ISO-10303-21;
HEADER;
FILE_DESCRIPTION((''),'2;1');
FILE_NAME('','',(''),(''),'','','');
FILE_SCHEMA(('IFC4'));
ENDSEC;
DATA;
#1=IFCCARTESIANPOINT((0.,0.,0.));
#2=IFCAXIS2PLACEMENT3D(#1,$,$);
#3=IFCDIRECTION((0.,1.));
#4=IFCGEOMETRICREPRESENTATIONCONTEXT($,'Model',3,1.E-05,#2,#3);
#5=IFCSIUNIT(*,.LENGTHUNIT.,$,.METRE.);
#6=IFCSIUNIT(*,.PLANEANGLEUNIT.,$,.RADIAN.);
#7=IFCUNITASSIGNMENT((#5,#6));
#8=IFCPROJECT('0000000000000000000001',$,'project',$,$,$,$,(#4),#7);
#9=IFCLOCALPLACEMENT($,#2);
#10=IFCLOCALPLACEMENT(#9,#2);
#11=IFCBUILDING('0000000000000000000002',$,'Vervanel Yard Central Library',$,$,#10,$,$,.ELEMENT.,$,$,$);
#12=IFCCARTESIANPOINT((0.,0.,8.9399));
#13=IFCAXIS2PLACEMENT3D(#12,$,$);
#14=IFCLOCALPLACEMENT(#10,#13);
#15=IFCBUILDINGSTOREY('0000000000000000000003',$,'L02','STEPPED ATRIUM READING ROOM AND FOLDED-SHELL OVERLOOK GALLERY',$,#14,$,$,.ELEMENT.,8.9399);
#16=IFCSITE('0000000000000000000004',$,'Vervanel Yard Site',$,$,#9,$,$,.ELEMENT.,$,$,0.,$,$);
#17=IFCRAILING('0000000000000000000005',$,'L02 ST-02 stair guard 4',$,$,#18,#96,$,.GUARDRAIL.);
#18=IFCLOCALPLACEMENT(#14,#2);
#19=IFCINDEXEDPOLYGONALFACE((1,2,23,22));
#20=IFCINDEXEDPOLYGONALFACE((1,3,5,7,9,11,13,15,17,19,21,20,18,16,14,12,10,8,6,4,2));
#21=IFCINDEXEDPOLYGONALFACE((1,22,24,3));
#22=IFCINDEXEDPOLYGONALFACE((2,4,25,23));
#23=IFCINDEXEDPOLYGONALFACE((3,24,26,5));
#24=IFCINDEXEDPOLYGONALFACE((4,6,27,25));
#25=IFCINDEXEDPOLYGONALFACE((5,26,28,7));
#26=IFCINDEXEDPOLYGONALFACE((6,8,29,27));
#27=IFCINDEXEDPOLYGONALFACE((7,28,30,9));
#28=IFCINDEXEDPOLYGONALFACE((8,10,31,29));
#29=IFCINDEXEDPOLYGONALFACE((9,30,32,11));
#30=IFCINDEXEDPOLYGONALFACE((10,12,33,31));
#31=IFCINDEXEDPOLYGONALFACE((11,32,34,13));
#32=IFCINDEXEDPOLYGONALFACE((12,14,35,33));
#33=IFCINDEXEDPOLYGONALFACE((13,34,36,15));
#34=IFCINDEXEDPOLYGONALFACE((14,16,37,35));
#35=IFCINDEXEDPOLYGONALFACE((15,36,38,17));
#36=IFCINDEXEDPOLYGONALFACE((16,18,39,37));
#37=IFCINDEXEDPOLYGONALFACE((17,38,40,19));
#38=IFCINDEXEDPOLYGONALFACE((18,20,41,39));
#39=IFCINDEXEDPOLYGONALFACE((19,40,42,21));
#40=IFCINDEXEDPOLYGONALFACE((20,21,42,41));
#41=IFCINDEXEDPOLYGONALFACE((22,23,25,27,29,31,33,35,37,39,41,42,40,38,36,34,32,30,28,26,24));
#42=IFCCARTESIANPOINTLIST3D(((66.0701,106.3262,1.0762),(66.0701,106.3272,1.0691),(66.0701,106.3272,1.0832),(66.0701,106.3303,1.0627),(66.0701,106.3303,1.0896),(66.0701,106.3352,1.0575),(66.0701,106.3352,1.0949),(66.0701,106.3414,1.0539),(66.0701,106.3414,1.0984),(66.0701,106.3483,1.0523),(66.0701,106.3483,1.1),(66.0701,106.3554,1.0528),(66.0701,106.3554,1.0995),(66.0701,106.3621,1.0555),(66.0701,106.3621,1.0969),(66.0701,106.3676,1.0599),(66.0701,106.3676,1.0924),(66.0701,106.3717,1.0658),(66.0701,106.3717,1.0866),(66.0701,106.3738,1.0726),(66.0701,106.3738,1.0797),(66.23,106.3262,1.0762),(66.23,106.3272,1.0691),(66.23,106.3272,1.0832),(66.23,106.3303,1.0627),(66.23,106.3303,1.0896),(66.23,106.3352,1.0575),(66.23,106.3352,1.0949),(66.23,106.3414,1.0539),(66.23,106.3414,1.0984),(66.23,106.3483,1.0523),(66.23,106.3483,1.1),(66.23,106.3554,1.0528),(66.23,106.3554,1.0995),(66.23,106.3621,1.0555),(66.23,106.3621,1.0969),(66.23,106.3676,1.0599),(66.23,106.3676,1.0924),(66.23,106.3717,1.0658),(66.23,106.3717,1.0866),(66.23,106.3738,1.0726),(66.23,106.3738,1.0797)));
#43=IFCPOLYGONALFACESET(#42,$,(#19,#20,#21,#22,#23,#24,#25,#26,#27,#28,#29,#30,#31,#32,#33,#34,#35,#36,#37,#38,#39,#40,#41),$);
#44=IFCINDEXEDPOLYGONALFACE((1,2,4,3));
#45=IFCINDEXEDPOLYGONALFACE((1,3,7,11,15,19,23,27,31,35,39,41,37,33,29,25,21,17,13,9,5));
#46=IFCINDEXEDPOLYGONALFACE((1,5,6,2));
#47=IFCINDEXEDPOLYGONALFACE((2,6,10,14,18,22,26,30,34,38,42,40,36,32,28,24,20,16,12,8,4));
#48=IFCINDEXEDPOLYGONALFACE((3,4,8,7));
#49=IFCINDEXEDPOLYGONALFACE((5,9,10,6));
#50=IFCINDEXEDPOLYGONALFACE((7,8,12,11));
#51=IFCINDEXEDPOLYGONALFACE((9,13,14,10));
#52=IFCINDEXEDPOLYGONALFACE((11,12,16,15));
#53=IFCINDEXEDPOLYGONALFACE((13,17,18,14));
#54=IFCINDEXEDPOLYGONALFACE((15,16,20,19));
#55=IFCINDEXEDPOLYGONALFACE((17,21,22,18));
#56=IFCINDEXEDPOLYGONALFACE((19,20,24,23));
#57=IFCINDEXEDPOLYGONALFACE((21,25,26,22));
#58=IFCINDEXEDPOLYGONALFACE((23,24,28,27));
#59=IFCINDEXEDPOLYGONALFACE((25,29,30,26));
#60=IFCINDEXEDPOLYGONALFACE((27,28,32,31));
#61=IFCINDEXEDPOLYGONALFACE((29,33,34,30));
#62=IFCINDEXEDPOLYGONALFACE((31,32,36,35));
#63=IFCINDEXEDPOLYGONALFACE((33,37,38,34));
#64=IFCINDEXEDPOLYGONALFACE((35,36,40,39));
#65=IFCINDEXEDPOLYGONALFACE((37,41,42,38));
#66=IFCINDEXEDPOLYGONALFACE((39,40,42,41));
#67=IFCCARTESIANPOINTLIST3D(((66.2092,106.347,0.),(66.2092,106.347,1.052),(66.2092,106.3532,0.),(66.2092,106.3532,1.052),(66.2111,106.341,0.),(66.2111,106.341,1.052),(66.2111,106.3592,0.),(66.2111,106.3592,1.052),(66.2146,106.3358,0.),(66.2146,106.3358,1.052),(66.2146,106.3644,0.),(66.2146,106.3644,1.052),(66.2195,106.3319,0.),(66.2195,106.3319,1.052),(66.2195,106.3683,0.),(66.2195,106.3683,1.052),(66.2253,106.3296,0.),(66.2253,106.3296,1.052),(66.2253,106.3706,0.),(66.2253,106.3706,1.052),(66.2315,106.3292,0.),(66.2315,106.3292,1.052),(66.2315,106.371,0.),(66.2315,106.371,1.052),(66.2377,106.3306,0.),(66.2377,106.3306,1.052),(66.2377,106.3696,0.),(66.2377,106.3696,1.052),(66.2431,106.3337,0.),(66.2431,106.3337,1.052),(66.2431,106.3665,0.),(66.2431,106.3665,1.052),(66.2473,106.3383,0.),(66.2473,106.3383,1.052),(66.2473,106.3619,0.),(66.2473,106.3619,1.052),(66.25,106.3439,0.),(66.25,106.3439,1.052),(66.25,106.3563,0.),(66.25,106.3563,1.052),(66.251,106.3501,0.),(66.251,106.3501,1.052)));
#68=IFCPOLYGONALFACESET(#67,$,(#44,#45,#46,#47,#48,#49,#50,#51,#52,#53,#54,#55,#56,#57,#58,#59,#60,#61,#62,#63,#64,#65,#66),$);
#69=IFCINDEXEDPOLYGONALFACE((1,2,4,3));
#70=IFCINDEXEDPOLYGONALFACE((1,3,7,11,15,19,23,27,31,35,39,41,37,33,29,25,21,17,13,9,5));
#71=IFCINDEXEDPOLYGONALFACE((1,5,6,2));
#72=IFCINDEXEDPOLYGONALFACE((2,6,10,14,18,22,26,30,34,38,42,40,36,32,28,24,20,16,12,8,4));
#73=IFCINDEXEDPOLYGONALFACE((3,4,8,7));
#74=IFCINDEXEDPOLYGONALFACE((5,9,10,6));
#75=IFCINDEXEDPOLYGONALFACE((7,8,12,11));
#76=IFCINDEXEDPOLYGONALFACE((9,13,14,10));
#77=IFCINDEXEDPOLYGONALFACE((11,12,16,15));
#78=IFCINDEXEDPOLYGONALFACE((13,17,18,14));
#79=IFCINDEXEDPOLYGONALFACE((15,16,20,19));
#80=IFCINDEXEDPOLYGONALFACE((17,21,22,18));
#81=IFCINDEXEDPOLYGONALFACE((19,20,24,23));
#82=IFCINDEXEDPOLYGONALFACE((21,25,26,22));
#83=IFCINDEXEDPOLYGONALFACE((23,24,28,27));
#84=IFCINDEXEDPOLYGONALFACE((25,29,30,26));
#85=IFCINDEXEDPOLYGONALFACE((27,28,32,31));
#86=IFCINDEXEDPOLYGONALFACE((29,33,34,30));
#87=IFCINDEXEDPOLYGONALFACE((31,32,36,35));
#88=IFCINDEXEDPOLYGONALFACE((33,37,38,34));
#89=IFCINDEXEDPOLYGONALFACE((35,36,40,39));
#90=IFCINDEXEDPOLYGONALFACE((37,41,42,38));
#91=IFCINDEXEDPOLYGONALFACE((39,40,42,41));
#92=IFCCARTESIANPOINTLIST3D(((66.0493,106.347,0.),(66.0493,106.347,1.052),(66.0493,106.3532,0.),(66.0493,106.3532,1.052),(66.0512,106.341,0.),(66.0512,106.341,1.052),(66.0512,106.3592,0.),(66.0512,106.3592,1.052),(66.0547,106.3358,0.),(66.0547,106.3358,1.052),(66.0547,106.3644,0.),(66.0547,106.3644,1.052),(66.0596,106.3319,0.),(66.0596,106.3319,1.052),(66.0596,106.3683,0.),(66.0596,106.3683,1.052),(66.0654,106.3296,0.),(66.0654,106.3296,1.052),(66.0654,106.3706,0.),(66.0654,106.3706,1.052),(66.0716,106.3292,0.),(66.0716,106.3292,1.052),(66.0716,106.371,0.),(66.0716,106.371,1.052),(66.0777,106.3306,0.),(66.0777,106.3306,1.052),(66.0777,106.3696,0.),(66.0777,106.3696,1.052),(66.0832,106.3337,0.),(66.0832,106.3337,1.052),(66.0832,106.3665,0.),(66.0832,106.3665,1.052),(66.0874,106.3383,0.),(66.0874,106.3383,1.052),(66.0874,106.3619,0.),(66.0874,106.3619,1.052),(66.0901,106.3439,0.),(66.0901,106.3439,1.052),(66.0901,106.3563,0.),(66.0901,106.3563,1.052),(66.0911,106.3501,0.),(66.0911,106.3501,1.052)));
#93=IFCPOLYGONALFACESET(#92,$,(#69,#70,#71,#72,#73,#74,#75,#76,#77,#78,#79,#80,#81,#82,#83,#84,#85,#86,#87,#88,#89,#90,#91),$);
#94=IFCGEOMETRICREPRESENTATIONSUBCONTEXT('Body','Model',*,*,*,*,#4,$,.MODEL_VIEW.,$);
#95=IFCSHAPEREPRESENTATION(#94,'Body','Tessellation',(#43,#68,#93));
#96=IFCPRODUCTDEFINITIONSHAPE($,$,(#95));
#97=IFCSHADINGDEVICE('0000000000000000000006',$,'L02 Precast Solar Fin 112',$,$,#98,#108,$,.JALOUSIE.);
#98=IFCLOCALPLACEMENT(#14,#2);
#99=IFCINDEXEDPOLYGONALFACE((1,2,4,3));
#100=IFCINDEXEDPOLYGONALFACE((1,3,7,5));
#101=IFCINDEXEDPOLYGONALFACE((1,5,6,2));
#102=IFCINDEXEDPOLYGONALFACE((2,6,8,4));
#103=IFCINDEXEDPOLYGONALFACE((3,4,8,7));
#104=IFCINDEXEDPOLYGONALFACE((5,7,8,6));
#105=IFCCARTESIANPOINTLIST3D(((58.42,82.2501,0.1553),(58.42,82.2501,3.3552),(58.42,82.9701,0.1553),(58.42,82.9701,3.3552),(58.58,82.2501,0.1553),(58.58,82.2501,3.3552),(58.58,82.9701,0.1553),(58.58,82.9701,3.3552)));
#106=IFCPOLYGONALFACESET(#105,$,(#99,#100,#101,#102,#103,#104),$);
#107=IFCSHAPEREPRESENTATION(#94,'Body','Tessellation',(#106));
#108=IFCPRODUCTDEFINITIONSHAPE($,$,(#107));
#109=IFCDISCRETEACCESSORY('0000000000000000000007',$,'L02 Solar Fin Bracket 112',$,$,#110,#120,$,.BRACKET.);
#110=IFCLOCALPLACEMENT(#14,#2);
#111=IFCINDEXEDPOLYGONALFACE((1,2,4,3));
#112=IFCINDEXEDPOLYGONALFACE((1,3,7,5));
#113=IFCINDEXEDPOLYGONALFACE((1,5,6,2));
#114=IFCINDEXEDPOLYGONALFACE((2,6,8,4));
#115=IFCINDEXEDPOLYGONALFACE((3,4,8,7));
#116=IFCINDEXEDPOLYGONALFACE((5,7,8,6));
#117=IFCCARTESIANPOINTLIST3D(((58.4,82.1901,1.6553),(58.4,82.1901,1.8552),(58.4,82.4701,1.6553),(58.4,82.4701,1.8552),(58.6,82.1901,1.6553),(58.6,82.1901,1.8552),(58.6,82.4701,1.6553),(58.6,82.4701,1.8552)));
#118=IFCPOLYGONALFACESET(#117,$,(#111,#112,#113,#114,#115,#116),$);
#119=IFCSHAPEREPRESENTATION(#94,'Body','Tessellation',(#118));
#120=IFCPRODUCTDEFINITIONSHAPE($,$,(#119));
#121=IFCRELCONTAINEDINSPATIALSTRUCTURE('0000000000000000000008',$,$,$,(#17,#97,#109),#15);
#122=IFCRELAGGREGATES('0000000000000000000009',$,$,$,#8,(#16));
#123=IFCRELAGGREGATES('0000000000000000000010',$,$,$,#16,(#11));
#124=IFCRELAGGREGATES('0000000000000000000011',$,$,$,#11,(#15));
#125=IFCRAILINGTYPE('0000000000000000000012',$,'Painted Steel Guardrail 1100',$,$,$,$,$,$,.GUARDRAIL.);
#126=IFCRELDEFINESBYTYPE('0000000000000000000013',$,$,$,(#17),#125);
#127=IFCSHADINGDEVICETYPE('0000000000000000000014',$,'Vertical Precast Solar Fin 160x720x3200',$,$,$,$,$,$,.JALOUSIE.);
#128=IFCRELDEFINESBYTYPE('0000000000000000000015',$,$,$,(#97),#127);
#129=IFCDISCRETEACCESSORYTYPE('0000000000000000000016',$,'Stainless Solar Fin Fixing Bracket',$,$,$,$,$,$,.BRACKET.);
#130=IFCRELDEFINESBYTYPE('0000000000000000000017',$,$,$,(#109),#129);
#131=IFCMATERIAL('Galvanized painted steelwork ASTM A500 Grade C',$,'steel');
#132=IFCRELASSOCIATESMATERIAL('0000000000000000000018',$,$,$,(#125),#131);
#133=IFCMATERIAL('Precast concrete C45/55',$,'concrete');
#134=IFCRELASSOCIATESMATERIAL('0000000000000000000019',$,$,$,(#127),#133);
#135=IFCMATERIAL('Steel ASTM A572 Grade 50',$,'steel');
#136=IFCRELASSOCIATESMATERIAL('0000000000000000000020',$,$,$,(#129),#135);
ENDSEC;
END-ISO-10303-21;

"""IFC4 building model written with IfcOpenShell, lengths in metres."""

from ifc_helpers import new_model, si_unit, direction, frame, origin, origin_2d, place, context, subcontext, project, spatial, rectangle, circle, extrude, material, type_object, element, save


model = new_model("IFC4")

# Units and contexts
model_context = context("Model", 3, precision=1e-05, world=origin(), true_north=direction((0.0, 1.0)))
body_context = subcontext(model_context, "Body", "Model", "MODEL_VIEW")
ifc_project = project(units=[si_unit("LENGTHUNIT", "METRE"), si_unit("PLANEANGLEUNIT", "RADIAN")], contexts=[model_context])

# Site, building, storey
site_placement = place(None, origin())
site = spatial("IfcSite", under=ifc_project, at=site_placement, Name="Vervanel Yard Site", CompositionType="ELEMENT", RefElevation=0.0)
building_placement = place(site_placement, origin())
building = spatial("IfcBuilding", under=site, at=building_placement, Name="Vervanel Yard Central Library", CompositionType="ELEMENT")
storey_placement = place(building_placement, frame((0.0, 0.0, 8.9399)))
storey = spatial("IfcBuildingStorey", under=building, at=storey_placement, Name="L02", Description="STEPPED ATRIUM READING ROOM AND FOLDED-SHELL OVERLOOK GALLERY", CompositionType="ELEMENT", Elevation=8.9399)

# Shared definitions
ifc_material_1 = material(Name="Galvanized painted steelwork ASTM A500 Grade C", Category="steel")

# Railing
railing_type = type_object("IfcRailingType", Name="Painted Steel Guardrail 1100", PredefinedType="GUARDRAIL", material=ifc_material_1)
railing_1_placement = place(storey_placement, frame((66.23, 106.3501, 0.0)))
element("IfcRailing", 1, at=railing_1_placement, inside=storey, type_object=railing_type, Name="L02 ST-02 stair guard 4", PredefinedType="GUARDRAIL", context=body_context, shape_type="SweptSolid", body=[
    extrude(circle(Radius=0.0239, at=origin_2d()), frame((0.0, 0.0, 1.0762), z_axis=(-1.0, 0.0, 0.0), x_axis=(0.0, -1.0, 0.0)), (0.0, 0.0, 1.0), 0.1599),
    extrude(circle(Radius=0.021, at=origin_2d()), origin(), (0.0, 0.0, 1.0), 1.052),
    extrude(circle(Radius=0.021, at=origin_2d()), frame((-0.1599, 0.0, 0.0)), (0.0, 0.0, 1.0), 1.052),
])

# Shading device
ifc_material_2 = material(Name="Precast concrete C45/55", Category="concrete")
shading_device_type = type_object("IfcShadingDeviceType", Name="Vertical Precast Solar Fin 160x720x3200", PredefinedType="JALOUSIE", material=ifc_material_2)
shading_device_placement = place(storey_placement, frame((58.5, 82.6101, 0.1553), z_axis=(0.0, 0.0, 1.0), x_axis=(1.0, 0.0, 0.0)))
element("IfcShadingDevice", 2, at=shading_device_placement, inside=storey, type_object=shading_device_type, Name="L02 Precast Solar Fin 112", PredefinedType="JALOUSIE", context=body_context, shape_type="SweptSolid", body=[
    extrude(rectangle(XDim=0.1599, YDim=0.72, at=origin_2d()), origin(), (0.0, 0.0, 1.0), 3.2),
])

# Discrete accessory
ifc_material_3 = material(Name="Steel ASTM A572 Grade 50", Category="steel")
discrete_accessory_type = type_object("IfcDiscreteAccessoryType", Name="Stainless Solar Fin Fixing Bracket", PredefinedType="BRACKET", material=ifc_material_3)
discrete_accessory_placement = place(storey_placement, frame((58.5, 82.3301, 1.6553), z_axis=(0.0, 0.0, 1.0), x_axis=(1.0, 0.0, 0.0)))
element("IfcDiscreteAccessory", 3, at=discrete_accessory_placement, inside=storey, type_object=discrete_accessory_type, Name="L02 Solar Fin Bracket 112", PredefinedType="BRACKET", context=body_context, shape_type="SweptSolid", body=[
    extrude(rectangle(XDim=0.2, YDim=0.28, at=origin_2d()), origin(), (0.0, 0.0, 1.0), 0.2),
])

save(model, "model.ifc")
